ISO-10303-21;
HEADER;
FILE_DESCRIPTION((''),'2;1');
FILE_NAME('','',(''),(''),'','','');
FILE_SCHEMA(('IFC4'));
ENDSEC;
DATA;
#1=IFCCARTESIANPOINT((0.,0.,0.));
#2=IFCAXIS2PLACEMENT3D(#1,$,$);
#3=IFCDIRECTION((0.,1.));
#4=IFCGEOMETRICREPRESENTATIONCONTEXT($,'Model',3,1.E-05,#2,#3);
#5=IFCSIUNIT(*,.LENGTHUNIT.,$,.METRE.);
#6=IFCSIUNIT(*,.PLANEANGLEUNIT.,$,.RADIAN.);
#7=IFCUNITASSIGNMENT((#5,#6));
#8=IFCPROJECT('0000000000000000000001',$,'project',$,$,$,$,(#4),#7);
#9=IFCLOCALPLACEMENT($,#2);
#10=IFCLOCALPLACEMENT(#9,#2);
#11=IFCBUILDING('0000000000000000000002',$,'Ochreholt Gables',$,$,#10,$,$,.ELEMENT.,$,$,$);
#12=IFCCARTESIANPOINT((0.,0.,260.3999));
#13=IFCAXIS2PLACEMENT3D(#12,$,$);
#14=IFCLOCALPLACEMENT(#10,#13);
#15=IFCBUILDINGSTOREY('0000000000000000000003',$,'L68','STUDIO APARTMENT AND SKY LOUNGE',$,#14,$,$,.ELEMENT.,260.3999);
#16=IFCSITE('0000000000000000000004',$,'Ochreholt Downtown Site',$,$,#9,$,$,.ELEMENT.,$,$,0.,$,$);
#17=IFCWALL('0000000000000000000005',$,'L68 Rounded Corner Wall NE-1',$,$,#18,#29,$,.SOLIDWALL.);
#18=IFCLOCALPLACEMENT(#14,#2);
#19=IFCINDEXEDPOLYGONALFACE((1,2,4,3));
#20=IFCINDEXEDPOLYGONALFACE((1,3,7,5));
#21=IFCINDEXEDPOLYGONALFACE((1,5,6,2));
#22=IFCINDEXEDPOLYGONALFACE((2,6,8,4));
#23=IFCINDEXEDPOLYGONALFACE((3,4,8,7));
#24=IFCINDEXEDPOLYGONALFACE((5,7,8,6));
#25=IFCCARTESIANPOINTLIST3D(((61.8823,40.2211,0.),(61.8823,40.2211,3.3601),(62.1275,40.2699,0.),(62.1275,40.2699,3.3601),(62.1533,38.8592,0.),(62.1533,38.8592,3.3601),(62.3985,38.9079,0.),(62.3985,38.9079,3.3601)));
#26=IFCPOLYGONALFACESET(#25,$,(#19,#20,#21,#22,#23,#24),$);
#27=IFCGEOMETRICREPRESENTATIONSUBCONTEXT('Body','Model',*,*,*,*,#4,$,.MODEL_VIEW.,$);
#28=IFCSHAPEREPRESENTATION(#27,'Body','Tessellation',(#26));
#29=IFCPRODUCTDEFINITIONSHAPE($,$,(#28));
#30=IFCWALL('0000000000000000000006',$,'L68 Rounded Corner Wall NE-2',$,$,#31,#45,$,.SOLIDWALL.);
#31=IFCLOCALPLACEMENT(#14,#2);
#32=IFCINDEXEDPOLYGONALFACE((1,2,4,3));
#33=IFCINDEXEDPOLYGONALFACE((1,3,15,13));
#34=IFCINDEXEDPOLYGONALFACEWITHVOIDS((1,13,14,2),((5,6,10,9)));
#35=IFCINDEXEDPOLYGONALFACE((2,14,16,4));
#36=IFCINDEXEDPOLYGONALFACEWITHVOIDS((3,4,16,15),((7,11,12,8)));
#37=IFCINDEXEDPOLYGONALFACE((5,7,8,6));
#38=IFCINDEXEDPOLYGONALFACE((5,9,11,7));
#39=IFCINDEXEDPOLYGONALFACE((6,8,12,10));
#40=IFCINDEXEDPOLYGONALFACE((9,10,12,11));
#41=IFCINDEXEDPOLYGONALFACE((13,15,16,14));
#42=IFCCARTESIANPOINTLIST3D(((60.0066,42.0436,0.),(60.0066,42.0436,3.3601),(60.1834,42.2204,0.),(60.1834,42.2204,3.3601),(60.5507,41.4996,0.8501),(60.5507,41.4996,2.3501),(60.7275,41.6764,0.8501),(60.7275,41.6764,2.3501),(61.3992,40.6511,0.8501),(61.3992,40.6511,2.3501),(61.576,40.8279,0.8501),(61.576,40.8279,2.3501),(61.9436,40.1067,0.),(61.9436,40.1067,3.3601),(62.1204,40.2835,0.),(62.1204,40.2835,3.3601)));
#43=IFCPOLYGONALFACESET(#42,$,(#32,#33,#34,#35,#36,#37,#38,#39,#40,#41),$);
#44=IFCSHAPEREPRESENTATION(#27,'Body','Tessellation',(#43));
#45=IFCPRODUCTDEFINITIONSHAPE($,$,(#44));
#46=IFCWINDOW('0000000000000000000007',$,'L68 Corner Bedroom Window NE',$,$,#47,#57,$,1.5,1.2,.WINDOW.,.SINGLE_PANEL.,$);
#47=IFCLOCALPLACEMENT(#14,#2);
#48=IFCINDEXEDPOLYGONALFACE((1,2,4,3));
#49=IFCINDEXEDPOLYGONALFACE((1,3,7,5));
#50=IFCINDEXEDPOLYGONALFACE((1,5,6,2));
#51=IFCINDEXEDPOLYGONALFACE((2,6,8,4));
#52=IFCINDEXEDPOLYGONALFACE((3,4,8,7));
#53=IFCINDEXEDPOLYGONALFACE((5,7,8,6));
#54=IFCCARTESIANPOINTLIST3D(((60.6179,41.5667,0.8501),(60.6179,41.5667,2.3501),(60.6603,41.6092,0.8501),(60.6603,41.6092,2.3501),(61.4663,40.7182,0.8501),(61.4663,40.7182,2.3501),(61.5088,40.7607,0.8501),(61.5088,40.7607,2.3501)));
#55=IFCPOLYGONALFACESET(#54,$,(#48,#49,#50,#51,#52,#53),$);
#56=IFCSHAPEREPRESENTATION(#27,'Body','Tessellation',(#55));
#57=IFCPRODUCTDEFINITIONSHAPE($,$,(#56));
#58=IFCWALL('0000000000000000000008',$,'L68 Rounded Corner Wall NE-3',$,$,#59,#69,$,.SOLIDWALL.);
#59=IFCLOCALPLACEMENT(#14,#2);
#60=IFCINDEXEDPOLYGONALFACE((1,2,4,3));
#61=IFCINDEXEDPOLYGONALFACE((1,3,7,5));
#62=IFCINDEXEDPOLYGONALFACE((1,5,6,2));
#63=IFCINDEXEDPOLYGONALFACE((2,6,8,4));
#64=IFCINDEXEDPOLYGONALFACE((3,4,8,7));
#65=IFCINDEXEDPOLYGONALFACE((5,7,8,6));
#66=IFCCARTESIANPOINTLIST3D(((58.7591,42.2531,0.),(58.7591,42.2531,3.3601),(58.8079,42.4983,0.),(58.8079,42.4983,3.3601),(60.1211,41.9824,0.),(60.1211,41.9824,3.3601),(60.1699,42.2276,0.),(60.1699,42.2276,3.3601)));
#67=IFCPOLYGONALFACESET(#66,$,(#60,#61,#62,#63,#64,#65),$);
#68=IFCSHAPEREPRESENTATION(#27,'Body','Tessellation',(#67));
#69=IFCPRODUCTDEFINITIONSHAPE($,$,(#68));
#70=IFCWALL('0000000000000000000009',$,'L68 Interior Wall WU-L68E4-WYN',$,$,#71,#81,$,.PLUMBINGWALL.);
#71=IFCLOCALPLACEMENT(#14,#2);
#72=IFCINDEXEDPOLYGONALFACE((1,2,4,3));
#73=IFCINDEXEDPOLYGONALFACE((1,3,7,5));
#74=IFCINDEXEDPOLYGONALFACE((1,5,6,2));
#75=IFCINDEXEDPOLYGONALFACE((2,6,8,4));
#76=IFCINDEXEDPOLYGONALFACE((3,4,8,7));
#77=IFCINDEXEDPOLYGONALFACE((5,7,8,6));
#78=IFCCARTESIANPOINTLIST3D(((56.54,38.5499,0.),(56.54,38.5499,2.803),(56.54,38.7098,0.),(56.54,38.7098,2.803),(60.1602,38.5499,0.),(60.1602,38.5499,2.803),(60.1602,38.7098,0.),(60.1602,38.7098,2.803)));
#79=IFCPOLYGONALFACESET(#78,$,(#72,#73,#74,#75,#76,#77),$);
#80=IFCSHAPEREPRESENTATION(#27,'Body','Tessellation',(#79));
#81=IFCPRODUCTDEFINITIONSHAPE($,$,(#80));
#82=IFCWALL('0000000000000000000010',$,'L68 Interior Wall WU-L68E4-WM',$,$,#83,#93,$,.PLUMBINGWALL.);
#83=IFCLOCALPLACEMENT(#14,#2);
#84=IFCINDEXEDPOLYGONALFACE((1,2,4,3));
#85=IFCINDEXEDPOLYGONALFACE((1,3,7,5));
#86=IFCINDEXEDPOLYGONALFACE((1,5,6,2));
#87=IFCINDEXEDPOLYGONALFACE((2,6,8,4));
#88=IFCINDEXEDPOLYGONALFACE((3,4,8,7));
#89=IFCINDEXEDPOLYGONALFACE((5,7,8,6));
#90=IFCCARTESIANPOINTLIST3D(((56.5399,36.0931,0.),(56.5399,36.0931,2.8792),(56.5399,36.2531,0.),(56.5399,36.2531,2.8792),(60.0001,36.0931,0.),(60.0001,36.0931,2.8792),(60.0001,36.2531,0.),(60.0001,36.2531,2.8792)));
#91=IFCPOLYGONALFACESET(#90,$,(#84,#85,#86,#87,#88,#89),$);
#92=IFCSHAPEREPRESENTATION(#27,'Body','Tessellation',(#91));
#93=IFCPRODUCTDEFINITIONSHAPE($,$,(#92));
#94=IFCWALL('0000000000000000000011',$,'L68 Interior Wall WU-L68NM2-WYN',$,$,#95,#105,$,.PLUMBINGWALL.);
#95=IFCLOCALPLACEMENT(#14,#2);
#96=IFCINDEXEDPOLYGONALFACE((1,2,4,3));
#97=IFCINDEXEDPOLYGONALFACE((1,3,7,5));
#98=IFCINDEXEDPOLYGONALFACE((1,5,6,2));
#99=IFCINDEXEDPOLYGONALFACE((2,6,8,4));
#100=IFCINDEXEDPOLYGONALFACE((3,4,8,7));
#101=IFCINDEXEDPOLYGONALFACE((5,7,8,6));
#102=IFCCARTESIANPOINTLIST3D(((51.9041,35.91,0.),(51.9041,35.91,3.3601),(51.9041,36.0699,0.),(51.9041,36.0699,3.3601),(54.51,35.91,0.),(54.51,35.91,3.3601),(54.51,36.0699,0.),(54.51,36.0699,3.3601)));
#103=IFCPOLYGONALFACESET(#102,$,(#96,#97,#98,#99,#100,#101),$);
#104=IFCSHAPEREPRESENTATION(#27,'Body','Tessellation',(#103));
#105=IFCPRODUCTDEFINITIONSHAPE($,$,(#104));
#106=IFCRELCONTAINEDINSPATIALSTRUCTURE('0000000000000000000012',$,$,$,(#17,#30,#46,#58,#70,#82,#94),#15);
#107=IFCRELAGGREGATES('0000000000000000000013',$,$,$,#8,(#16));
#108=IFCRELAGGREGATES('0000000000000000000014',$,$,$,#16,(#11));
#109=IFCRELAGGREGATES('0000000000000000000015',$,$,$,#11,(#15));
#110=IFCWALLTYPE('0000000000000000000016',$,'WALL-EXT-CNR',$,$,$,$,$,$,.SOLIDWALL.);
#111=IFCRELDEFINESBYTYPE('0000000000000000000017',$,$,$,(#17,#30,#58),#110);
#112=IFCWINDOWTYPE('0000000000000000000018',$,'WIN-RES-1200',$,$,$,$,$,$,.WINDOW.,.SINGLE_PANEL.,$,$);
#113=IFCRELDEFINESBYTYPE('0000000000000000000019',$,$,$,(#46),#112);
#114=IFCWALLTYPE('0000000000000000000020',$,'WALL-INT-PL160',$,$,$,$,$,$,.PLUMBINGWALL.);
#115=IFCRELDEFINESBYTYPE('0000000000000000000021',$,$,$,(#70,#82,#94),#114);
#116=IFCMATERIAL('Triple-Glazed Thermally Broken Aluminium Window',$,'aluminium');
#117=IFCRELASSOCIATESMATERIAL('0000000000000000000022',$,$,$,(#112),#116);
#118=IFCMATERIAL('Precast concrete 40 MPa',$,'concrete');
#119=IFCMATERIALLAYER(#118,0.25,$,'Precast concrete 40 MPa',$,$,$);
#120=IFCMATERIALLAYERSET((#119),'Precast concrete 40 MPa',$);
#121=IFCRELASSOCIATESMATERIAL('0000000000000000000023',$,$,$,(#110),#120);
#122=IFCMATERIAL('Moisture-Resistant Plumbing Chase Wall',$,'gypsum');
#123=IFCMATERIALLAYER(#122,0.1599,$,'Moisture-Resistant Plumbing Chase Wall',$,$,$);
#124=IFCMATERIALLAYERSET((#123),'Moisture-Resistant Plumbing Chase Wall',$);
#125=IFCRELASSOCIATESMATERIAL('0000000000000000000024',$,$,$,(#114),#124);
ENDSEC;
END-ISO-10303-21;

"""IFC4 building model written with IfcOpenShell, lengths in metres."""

from ifc_helpers import new_model, si_unit, direction, frame, frame_2d, origin, place, context, subcontext, project, spatial, rectangle, extrude, material, layer, layer_set, type_object, element, fill, save


model = new_model("IFC4")

# Units and contexts
model_context = context("Model", 3, precision=1e-05, world=origin(), true_north=direction((0.0, 1.0)))
body_context = subcontext(model_context, "Body", "Model", "MODEL_VIEW")
ifc_project = project(units=[si_unit("LENGTHUNIT", "METRE"), si_unit("PLANEANGLEUNIT", "RADIAN")], contexts=[model_context])

# Site, building, storey
site_placement = place(None, origin())
site = spatial("IfcSite", under=ifc_project, at=site_placement, Name="Ochreholt Downtown Site", CompositionType="ELEMENT", RefElevation=0.0)
building_placement = place(site_placement, origin())
building = spatial("IfcBuilding", under=site, at=building_placement, Name="Ochreholt Gables", CompositionType="ELEMENT")
storey_placement = place(building_placement, frame((0.0, 0.0, 260.3999)))
storey = spatial("IfcBuildingStorey", under=building, at=storey_placement, Name="L68", Description="STUDIO APARTMENT AND SKY LOUNGE", CompositionType="ELEMENT", Elevation=260.3999)

# Shared definitions
ifc_material_1 = material(Name="Precast concrete 40 MPa", Category="concrete")
ifc_material_2 = material(Name="Triple-Glazed Thermally Broken Aluminium Window", Category="aluminium")
window_type_1 = type_object("IfcWindowType", Name="WIN-RES-1200", PartitioningType="SINGLE_PANEL", PredefinedType="WINDOW", material=ifc_material_2)

# Wall
ifc_layer_1 = layer(ifc_material_1, 0.25, Name="Precast concrete 40 MPa")
ifc_layer_set_1 = layer_set([ifc_layer_1], Name="Precast concrete 40 MPa")
wall_type_1 = type_object("IfcWallType", Name="WALL-EXT-CNR", PredefinedType="SOLIDWALL", material=ifc_layer_set_1)
wall_1_placement = place(storey_placement, frame((62.2759, 38.8835, 0.0), z_axis=(0.0, 0.0, 1.0), x_axis=(-0.195136, 0.980776, 0.0)))
element("IfcWall", 1, at=wall_1_placement, inside=storey, type_object=wall_type_1, Name="L68 Rounded Corner Wall NE-1", PredefinedType="SOLIDWALL", context=body_context, shape_type="SweptSolid", body=[
    extrude(rectangle(XDim=1.3887, YDim=0.25, at=frame_2d((0.6943, 0.0))), origin(), (0.0, 0.0, 1.0), 3.3601),
])

# Wall, opening, window
wall_2_placement = place(storey_placement, frame((62.032, 40.1951, 0.0), z_axis=(0.0, 0.0, 1.0), x_axis=(-0.707107, 0.707107, 0.0)))
wall_2 = element("IfcWall", 2, at=wall_2_placement, inside=storey, type_object=wall_type_1, Name="L68 Rounded Corner Wall NE-2", PredefinedType="SOLIDWALL", context=body_context, shape_type="SweptSolid", body=[
    extrude(rectangle(XDim=2.7393, YDim=0.25, at=frame_2d((1.3696, 0.0))), origin(), (0.0, 0.0, 1.0), 3.3601),
])
opening_1_placement = place(wall_2_placement, frame((0.7698, 0.0, 0.8501)))
opening_1 = element("IfcOpeningElement", 3, at=opening_1_placement, cuts=wall_2, PredefinedType="OPENING", context=body_context, shape_type="SweptSolid", body=[
    extrude(rectangle(XDim=1.2, YDim=1.5, at=frame_2d((0.6001, 0.75))), frame((0.0, 0.135, 0.0), z_axis=(0.0, -1.0, 0.0), x_axis=(1.0, 0.0, 0.0)), (0.0, 0.0, 1.0), 0.27),
])
window_1_placement = place(opening_1_placement, origin())
window_1 = element("IfcWindow", 4, at=window_1_placement, inside=storey, type_object=window_type_1, Name="L68 Corner Bedroom Window NE", OverallHeight=1.5, OverallWidth=1.2, PartitioningType="SINGLE_PANEL", PredefinedType="WINDOW", context=body_context, shape_type="SweptSolid", body=[
    extrude(rectangle(XDim=1.2, YDim=1.5, at=frame_2d((0.6001, 0.75))), frame((0.0, 0.03, 0.0), z_axis=(0.0, -1.0, 0.0), x_axis=(1.0, 0.0, 0.0)), (0.0, 0.0, 1.0), 0.0601),
])
fill(opening_1, window_1)

# Walls
wall_3_placement = place(storey_placement, frame((60.1455, 42.105, 0.0), z_axis=(0.0, 0.0, 1.0), x_axis=(-0.98081, 0.194967, 0.0)))
element("IfcWall", 5, at=wall_3_placement, inside=storey, type_object=wall_type_1, Name="L68 Rounded Corner Wall NE-3", PredefinedType="SOLIDWALL", context=body_context, shape_type="SweptSolid", body=[
    extrude(rectangle(XDim=1.3887, YDim=0.25, at=frame_2d((0.6943, 0.0))), origin(), (0.0, 0.0, 1.0), 3.3601),
])
ifc_material_3 = material(Name="Moisture-Resistant Plumbing Chase Wall", Category="gypsum")
ifc_layer_2 = layer(ifc_material_3, 0.1599, Name="Moisture-Resistant Plumbing Chase Wall")
ifc_layer_set_2 = layer_set([ifc_layer_2], Name="Moisture-Resistant Plumbing Chase Wall")
wall_type_2 = type_object("IfcWallType", Name="WALL-INT-PL160", PredefinedType="PLUMBINGWALL", material=ifc_layer_set_2)
wall_4_placement = place(storey_placement, frame((56.54, 38.6299, 0.0), z_axis=(0.0, 0.0, 1.0), x_axis=(1.0, 0.0, 0.0)))
element("IfcWall", 6, at=wall_4_placement, inside=storey, type_object=wall_type_2, Name="L68 Interior Wall WU-L68E4-WYN", PredefinedType="PLUMBINGWALL", context=body_context, shape_type="SweptSolid", body=[
    extrude(rectangle(XDim=3.6201, YDim=0.1599, at=frame_2d((1.8101, 0.0))), origin(), (0.0, 0.0, 1.0), 2.803),
])
wall_5_placement = place(storey_placement, frame((56.54, 36.1731, 0.0), z_axis=(0.0, 0.0, 1.0), x_axis=(1.0, 0.0, 0.0)))
element("IfcWall", 7, at=wall_5_placement, inside=storey, type_object=wall_type_2, Name="L68 Interior Wall WU-L68E4-WM", PredefinedType="PLUMBINGWALL", context=body_context, shape_type="SweptSolid", body=[
    extrude(rectangle(XDim=3.4602, YDim=0.1599, at=frame_2d((1.73, 0.0))), origin(), (0.0, 0.0, 1.0), 2.8792),
])
wall_6_placement = place(storey_placement, frame((51.9041, 35.99, 0.0), z_axis=(0.0, 0.0, 1.0), x_axis=(1.0, 0.0, 0.0)))
element("IfcWall", 8, at=wall_6_placement, inside=storey, type_object=wall_type_2, Name="L68 Interior Wall WU-L68NM2-WYN", PredefinedType="PLUMBINGWALL", context=body_context, shape_type="SweptSolid", body=[
    extrude(rectangle(XDim=2.606, YDim=0.1599, at=frame_2d((1.303, 0.0))), origin(), (0.0, 0.0, 1.0), 3.3601),
])

save(model, "model.ifc")
